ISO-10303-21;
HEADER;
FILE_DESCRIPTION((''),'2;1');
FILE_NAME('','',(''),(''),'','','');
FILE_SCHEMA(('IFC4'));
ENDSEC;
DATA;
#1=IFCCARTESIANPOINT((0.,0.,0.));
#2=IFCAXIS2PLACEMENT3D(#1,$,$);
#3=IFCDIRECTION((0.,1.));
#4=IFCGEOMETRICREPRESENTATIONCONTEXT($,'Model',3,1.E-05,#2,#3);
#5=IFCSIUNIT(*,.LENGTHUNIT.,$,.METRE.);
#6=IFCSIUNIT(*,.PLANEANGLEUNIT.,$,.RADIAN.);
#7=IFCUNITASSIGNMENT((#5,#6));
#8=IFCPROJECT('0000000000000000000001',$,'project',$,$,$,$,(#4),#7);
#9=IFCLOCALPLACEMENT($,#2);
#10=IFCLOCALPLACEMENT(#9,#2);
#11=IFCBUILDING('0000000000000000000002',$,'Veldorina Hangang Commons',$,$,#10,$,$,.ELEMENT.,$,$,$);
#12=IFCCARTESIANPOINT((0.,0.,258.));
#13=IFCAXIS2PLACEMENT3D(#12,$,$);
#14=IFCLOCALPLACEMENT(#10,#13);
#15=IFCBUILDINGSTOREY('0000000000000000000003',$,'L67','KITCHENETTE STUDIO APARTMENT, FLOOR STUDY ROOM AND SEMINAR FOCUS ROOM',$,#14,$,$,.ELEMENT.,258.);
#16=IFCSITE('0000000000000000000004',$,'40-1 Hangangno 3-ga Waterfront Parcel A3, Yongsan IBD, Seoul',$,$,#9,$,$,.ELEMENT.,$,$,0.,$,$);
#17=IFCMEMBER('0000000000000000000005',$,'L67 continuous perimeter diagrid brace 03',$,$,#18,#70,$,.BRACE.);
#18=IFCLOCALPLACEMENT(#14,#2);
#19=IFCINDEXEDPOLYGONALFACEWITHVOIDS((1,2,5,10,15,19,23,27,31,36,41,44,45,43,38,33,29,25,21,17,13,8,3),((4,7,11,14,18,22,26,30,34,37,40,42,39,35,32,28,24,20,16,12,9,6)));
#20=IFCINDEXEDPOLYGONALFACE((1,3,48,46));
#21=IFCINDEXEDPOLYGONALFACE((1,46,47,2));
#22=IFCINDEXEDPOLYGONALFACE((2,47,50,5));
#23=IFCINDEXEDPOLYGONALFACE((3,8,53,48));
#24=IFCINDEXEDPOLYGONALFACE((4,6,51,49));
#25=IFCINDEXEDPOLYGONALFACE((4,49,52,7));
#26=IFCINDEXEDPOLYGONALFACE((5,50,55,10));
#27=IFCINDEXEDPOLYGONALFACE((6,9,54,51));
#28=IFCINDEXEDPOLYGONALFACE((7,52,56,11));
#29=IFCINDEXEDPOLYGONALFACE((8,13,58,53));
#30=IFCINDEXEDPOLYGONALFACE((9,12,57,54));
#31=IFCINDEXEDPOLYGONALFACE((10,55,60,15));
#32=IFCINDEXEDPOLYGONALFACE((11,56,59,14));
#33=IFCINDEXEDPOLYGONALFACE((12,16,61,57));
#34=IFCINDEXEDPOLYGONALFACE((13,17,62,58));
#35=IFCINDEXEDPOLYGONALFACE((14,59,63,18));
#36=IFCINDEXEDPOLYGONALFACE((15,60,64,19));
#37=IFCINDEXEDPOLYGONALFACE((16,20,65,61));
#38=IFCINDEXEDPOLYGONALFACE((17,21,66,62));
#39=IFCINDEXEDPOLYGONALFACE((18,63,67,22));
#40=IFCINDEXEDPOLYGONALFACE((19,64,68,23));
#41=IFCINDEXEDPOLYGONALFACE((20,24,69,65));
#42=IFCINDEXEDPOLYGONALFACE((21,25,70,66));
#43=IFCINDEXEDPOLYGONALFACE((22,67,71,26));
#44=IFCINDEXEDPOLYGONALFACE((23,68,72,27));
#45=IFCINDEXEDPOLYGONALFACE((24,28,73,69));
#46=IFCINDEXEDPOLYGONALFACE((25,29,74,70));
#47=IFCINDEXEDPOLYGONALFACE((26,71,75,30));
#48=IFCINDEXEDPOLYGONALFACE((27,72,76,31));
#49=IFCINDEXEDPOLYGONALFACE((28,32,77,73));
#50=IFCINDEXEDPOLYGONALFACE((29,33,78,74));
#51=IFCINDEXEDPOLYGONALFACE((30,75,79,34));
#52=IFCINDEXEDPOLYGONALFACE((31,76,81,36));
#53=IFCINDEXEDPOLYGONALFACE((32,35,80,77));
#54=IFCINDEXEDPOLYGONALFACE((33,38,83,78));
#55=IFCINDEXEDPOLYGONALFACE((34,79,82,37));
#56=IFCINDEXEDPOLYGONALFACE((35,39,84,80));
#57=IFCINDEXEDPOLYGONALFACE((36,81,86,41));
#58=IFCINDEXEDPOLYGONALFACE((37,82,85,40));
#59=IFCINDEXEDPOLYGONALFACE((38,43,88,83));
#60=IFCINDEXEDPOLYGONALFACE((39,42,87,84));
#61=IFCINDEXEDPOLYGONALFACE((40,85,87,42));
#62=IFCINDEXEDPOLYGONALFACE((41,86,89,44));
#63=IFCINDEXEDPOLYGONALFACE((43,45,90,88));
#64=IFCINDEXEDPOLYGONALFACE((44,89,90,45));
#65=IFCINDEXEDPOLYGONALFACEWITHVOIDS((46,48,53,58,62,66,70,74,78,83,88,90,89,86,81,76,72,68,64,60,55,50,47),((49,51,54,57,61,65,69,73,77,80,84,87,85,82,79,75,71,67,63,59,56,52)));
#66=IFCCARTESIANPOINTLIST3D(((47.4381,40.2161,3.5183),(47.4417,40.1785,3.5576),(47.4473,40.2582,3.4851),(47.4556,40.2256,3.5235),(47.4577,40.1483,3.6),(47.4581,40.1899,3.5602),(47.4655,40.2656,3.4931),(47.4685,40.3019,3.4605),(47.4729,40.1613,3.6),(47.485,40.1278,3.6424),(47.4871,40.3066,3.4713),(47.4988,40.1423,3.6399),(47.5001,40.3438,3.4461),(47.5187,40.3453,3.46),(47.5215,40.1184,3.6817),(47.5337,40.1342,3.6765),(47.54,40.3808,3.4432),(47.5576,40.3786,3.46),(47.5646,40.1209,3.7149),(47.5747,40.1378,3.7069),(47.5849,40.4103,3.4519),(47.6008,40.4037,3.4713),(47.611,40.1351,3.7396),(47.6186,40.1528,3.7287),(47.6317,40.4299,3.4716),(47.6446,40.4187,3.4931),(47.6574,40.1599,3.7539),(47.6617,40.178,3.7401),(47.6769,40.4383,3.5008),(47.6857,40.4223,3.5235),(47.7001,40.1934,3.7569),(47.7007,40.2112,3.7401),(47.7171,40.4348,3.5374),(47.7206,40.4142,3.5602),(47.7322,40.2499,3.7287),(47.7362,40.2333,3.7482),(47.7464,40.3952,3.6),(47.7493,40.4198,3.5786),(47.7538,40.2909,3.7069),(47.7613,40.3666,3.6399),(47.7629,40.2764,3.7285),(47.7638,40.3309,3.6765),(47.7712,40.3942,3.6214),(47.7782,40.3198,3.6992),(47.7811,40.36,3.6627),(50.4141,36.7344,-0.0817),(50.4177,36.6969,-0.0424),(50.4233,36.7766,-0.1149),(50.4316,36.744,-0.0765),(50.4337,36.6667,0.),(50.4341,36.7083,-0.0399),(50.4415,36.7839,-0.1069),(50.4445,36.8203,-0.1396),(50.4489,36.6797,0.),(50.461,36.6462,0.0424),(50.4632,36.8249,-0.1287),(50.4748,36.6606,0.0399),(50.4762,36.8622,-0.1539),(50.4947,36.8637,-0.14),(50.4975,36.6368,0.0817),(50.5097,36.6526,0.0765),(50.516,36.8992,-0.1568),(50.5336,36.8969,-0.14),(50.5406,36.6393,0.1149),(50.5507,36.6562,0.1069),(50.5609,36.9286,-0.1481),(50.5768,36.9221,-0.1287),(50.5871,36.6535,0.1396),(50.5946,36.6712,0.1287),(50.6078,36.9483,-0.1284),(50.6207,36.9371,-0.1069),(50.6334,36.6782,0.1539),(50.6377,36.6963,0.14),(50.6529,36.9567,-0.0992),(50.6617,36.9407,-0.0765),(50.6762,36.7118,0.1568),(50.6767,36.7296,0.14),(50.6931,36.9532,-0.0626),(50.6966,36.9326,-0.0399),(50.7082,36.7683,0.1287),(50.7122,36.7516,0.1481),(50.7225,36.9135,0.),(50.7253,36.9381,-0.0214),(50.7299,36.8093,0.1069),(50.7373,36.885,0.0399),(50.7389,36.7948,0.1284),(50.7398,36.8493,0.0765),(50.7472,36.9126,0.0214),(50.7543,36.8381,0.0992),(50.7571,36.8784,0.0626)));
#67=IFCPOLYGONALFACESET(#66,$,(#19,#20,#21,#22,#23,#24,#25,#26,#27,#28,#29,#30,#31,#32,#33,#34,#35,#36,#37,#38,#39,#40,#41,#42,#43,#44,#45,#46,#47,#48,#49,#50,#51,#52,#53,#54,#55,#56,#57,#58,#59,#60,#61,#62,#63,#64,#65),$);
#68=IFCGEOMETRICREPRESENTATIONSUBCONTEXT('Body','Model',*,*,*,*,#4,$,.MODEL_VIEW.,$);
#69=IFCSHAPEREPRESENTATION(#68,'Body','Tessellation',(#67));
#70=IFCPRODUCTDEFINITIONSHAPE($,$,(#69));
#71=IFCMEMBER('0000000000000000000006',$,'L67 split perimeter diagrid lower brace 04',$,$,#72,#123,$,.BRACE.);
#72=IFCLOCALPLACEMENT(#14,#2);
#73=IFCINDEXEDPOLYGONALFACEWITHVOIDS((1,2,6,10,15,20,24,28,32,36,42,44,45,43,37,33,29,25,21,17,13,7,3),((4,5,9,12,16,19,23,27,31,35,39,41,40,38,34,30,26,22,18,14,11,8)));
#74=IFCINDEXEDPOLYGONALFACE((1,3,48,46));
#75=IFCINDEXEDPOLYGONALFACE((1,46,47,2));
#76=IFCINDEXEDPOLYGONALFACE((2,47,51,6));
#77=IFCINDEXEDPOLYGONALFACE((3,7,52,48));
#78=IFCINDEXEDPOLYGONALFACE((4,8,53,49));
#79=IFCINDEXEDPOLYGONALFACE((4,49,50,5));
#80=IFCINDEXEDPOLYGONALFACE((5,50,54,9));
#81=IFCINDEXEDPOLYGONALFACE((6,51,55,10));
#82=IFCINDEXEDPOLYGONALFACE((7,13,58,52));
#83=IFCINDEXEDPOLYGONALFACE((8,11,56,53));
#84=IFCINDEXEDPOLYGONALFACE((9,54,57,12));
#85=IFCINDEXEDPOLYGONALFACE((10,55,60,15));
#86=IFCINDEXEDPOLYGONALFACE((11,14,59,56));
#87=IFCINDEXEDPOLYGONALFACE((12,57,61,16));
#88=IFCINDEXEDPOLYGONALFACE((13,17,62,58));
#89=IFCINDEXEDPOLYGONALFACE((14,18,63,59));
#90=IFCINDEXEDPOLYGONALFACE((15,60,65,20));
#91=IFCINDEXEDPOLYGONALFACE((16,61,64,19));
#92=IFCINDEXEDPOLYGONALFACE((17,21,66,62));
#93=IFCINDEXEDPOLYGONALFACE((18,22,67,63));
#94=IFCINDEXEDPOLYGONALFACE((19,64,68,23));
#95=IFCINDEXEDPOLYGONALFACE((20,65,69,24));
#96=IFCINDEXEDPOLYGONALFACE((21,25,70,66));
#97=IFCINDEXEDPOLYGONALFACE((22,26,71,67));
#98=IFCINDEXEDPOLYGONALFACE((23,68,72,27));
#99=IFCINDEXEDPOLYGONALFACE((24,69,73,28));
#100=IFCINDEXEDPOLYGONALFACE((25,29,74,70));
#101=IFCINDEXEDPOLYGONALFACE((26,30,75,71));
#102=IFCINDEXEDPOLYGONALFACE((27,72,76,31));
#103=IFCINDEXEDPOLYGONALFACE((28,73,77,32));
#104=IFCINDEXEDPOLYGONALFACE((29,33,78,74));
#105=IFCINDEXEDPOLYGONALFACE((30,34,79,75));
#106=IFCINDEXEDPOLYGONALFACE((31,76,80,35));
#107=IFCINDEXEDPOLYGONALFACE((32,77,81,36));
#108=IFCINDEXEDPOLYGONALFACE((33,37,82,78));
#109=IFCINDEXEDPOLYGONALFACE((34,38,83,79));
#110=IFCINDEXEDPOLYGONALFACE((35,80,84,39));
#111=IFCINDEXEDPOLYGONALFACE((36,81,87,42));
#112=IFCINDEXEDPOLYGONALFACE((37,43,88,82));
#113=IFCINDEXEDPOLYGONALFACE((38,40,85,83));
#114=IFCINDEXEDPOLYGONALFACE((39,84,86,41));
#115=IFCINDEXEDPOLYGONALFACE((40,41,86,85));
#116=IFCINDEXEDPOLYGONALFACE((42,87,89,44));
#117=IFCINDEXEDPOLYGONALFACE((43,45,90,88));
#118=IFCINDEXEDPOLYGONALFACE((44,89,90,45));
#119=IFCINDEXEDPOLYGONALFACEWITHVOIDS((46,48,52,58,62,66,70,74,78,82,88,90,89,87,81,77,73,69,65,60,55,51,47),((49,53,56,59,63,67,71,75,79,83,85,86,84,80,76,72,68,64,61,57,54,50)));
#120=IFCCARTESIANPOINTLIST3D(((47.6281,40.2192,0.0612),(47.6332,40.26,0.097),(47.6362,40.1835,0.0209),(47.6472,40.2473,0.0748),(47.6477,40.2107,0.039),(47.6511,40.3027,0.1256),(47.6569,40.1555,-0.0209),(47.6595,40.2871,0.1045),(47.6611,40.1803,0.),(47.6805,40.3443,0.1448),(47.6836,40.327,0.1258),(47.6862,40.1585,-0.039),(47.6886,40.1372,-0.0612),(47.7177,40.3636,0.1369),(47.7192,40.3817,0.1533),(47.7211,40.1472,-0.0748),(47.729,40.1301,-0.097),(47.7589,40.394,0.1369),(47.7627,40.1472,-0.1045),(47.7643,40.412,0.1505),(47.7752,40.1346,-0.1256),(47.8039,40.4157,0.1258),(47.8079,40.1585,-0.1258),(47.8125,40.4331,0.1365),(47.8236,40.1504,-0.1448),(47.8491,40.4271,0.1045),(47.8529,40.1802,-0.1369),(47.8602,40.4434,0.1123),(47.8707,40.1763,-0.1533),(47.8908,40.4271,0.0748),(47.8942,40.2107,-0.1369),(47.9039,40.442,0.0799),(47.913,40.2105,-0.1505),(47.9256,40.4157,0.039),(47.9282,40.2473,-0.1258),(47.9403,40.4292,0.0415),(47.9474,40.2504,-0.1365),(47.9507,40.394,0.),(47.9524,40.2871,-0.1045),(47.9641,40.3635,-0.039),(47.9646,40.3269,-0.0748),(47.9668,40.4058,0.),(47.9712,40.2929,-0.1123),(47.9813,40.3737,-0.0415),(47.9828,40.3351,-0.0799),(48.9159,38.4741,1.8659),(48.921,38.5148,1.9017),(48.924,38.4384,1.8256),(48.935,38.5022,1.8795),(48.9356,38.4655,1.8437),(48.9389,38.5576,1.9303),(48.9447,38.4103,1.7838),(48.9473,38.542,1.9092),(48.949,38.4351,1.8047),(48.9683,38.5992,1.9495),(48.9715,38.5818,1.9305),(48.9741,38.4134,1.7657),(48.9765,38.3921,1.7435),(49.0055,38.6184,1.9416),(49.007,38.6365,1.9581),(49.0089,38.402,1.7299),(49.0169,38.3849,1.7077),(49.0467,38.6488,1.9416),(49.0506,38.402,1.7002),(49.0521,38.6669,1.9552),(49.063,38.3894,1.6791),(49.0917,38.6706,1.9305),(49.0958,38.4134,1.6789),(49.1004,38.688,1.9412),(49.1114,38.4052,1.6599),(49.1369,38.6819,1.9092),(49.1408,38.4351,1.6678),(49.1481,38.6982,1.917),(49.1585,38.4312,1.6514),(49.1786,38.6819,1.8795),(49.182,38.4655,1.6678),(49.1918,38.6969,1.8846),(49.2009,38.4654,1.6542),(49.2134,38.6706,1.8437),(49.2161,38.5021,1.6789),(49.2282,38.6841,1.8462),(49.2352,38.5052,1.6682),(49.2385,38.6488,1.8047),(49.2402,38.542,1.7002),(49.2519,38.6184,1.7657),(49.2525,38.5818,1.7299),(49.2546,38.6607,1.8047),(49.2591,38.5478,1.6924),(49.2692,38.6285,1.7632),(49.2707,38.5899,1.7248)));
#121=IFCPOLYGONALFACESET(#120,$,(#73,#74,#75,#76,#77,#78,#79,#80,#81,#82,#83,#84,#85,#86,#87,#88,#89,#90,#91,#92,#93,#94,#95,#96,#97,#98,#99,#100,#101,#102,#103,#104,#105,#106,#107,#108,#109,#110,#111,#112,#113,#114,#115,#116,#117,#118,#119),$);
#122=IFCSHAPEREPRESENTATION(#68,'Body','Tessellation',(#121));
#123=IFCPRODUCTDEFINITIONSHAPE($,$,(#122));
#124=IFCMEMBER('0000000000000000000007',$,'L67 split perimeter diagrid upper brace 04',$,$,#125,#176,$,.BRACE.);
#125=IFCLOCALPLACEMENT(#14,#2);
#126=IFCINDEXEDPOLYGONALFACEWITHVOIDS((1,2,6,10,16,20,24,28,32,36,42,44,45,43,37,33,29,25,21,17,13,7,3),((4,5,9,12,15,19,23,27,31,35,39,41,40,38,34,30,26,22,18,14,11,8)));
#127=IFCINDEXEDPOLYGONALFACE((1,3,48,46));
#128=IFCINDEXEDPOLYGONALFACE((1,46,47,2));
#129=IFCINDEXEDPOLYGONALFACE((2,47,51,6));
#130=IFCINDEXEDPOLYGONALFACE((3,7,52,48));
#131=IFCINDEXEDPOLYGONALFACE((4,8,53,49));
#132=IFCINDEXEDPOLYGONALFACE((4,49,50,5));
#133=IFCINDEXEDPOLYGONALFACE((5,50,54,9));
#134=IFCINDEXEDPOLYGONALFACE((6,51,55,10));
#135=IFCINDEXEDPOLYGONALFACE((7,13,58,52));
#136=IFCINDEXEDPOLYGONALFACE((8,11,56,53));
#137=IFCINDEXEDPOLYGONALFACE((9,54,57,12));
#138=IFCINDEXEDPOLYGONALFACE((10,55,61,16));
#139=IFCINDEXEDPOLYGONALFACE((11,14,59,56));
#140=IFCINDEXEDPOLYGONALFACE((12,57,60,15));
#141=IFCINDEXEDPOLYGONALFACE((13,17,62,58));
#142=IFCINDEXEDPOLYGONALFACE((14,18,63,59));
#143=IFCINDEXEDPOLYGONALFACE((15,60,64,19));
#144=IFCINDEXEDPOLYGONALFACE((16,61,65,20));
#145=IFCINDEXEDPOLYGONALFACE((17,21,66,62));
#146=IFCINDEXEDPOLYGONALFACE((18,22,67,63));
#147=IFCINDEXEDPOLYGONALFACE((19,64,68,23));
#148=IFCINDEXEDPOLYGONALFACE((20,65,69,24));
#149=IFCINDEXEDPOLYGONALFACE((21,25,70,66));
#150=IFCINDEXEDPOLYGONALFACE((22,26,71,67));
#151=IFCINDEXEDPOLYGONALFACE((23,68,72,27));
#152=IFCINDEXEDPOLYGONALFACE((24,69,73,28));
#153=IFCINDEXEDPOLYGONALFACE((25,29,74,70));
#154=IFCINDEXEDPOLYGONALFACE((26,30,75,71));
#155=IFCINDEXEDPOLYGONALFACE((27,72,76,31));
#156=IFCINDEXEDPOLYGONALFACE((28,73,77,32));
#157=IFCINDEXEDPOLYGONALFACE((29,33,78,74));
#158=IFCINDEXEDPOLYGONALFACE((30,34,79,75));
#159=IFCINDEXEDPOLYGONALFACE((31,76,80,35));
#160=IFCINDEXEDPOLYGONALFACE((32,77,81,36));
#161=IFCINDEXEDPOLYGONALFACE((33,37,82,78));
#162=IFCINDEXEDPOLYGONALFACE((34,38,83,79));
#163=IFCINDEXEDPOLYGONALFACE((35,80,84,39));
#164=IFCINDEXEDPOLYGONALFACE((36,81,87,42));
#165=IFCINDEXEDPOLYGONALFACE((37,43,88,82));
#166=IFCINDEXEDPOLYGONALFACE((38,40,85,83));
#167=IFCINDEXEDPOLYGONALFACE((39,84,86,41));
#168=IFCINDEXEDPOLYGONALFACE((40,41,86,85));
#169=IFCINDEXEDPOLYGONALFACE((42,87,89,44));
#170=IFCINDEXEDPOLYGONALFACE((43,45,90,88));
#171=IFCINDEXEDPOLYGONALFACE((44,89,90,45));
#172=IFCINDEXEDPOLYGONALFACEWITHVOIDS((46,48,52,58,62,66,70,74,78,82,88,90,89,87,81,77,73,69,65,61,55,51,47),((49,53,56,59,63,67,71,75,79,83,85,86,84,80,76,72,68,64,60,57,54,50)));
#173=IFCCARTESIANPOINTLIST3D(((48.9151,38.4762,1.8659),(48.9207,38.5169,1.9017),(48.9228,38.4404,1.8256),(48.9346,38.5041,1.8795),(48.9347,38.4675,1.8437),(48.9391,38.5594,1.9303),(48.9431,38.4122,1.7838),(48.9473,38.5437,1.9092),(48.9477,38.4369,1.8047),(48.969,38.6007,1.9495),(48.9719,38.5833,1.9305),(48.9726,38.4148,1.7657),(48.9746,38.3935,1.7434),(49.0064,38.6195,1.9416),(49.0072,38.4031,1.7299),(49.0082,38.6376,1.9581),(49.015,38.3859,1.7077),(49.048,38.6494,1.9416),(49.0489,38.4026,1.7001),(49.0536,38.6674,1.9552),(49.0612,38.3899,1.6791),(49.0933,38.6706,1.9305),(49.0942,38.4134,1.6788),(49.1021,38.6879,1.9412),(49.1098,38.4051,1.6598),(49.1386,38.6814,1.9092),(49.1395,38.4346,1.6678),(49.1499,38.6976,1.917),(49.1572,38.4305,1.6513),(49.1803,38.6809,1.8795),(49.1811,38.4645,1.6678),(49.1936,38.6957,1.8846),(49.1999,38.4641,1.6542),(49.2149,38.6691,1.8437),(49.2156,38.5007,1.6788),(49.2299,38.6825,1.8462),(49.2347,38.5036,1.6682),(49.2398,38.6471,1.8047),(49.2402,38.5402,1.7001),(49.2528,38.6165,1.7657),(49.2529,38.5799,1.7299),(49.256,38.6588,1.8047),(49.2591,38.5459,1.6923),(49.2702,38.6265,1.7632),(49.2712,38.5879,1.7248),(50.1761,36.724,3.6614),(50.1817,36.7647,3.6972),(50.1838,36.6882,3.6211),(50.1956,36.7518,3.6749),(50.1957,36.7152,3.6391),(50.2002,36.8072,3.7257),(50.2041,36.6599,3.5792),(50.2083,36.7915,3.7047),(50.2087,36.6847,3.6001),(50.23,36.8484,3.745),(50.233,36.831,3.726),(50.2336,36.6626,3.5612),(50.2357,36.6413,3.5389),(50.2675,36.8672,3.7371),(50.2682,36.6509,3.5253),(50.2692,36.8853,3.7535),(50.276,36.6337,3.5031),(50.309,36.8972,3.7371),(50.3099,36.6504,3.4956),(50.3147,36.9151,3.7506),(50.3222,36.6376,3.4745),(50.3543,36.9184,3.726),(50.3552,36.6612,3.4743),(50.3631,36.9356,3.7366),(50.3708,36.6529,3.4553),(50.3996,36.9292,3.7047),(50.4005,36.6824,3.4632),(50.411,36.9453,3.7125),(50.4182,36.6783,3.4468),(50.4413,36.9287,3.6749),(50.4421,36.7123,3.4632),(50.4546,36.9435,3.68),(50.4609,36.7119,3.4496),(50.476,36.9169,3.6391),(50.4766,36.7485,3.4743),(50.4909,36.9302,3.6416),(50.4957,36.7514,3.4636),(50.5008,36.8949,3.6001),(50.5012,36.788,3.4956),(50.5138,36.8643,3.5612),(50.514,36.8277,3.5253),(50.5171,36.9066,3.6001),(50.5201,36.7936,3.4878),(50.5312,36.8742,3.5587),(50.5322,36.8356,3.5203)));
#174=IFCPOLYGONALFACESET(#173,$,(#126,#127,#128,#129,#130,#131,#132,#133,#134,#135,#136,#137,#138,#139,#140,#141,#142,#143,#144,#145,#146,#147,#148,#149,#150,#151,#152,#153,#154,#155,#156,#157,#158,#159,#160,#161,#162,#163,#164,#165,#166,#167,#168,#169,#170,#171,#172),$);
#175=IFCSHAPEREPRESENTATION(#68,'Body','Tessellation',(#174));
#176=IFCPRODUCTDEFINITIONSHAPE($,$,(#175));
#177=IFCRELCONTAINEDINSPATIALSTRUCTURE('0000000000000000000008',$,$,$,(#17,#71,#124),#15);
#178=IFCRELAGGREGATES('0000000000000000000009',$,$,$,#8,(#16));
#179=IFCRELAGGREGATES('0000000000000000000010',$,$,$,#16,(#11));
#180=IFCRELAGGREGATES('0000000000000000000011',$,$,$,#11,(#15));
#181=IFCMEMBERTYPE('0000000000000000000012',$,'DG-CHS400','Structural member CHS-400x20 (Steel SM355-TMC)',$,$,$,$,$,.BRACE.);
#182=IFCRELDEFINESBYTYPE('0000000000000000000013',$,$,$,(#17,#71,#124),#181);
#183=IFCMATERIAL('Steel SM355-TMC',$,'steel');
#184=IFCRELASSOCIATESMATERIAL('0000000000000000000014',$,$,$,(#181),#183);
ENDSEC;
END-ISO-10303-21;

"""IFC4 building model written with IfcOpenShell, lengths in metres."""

from ifc_helpers import new_model, si_unit, direction, frame, origin, origin_2d, place, context, subcontext, project, spatial, hollow_circle, extrude, material, material_profile, profile_set, type_object, element, save


model = new_model("IFC4")

# Units and contexts
model_context = context("Model", 3, precision=1e-05, world=origin(), true_north=direction((0.0, 1.0)))
body_context = subcontext(model_context, "Body", "Model", "MODEL_VIEW")
ifc_project = project(units=[si_unit("LENGTHUNIT", "METRE"), si_unit("PLANEANGLEUNIT", "RADIAN")], contexts=[model_context])

# Site, building, storey
site_placement = place(None, origin())
site = spatial("IfcSite", under=ifc_project, at=site_placement, Name="40-1 Hangangno 3-ga Waterfront Parcel A3, Yongsan IBD, Seoul", CompositionType="ELEMENT", RefElevation=0.0)
building_placement = place(site_placement, origin())
building = spatial("IfcBuilding", under=site, at=building_placement, Name="Veldorina Hangang Commons", CompositionType="ELEMENT")
storey_placement = place(building_placement, frame((0.0, 0.0, 258.0)))
storey = spatial("IfcBuildingStorey", under=building, at=storey_placement, Name="L67", Description="KITCHENETTE STUDIO APARTMENT, FLOOR STUDY ROOM AND SEMINAR FOCUS ROOM", CompositionType="ELEMENT", Elevation=258.0)

# Shared definitions
ifc_material_1 = material(Name="Steel SM355-TMC", Category="steel")

# Members
ifc_material_profile_1 = material_profile(ifc_material_1, hollow_circle(Radius=0.2, WallThickness=0.02, at=origin_2d()), Name="CHS-400x20")
ifc_profile_set_1 = profile_set([ifc_material_profile_1], Name="Steel SM355-TMC")
member_type_1 = type_object("IfcMemberType", Name="DG-CHS400", Description="Structural member CHS-400x20 (Steel SM355-TMC)", PredefinedType="BRACE", material=ifc_profile_set_1)
member_1_placement = place(storey_placement, frame((50.5857, 36.7966, 0.0), z_axis=(-0.510844, 0.597633, 0.617958), x_axis=(-0.760144, -0.649755, 0.0)))
element("IfcMember", 1, at=member_1_placement, inside=storey, type_object=member_type_1, Name="L67 continuous perimeter diagrid brace 03", PredefinedType="BRACE", context=body_context, shape_type="SweptSolid", body=[
    extrude(hollow_circle(Radius=0.2, WallThickness=0.02, at=origin_2d()), origin(), (0.0, 0.0, 1.0), 5.8257),
])
member_2_placement = place(storey_placement, frame((47.8059, 40.2871, 0.0), z_axis=(0.456439, -0.618507, 0.63962), x_axis=(0.804623, 0.593786, 0.0)))
element("IfcMember", 2, at=member_2_placement, inside=storey, type_object=member_type_1, Name="L67 split perimeter diagrid lower brace 04", PredefinedType="BRACE", context=body_context, shape_type="SweptSolid", body=[
    extrude(hollow_circle(Radius=0.2, WallThickness=0.02, at=origin_2d()), origin(), (0.0, 0.0, 1.0), 2.8215),
])
member_3_placement = place(storey_placement, frame((49.0938, 38.542, 1.8047), z_axis=(0.4491, -0.624045, 0.639435), x_axis=(0.811665, 0.584123, 0.0)))
element("IfcMember", 3, at=member_3_placement, inside=storey, type_object=member_type_1, Name="L67 split perimeter diagrid upper brace 04", PredefinedType="BRACE", context=body_context, shape_type="SweptSolid", body=[
    extrude(hollow_circle(Radius=0.2, WallThickness=0.02, at=origin_2d()), origin(), (0.0, 0.0, 1.0), 2.8079),
])

save(model, "model.ifc")
